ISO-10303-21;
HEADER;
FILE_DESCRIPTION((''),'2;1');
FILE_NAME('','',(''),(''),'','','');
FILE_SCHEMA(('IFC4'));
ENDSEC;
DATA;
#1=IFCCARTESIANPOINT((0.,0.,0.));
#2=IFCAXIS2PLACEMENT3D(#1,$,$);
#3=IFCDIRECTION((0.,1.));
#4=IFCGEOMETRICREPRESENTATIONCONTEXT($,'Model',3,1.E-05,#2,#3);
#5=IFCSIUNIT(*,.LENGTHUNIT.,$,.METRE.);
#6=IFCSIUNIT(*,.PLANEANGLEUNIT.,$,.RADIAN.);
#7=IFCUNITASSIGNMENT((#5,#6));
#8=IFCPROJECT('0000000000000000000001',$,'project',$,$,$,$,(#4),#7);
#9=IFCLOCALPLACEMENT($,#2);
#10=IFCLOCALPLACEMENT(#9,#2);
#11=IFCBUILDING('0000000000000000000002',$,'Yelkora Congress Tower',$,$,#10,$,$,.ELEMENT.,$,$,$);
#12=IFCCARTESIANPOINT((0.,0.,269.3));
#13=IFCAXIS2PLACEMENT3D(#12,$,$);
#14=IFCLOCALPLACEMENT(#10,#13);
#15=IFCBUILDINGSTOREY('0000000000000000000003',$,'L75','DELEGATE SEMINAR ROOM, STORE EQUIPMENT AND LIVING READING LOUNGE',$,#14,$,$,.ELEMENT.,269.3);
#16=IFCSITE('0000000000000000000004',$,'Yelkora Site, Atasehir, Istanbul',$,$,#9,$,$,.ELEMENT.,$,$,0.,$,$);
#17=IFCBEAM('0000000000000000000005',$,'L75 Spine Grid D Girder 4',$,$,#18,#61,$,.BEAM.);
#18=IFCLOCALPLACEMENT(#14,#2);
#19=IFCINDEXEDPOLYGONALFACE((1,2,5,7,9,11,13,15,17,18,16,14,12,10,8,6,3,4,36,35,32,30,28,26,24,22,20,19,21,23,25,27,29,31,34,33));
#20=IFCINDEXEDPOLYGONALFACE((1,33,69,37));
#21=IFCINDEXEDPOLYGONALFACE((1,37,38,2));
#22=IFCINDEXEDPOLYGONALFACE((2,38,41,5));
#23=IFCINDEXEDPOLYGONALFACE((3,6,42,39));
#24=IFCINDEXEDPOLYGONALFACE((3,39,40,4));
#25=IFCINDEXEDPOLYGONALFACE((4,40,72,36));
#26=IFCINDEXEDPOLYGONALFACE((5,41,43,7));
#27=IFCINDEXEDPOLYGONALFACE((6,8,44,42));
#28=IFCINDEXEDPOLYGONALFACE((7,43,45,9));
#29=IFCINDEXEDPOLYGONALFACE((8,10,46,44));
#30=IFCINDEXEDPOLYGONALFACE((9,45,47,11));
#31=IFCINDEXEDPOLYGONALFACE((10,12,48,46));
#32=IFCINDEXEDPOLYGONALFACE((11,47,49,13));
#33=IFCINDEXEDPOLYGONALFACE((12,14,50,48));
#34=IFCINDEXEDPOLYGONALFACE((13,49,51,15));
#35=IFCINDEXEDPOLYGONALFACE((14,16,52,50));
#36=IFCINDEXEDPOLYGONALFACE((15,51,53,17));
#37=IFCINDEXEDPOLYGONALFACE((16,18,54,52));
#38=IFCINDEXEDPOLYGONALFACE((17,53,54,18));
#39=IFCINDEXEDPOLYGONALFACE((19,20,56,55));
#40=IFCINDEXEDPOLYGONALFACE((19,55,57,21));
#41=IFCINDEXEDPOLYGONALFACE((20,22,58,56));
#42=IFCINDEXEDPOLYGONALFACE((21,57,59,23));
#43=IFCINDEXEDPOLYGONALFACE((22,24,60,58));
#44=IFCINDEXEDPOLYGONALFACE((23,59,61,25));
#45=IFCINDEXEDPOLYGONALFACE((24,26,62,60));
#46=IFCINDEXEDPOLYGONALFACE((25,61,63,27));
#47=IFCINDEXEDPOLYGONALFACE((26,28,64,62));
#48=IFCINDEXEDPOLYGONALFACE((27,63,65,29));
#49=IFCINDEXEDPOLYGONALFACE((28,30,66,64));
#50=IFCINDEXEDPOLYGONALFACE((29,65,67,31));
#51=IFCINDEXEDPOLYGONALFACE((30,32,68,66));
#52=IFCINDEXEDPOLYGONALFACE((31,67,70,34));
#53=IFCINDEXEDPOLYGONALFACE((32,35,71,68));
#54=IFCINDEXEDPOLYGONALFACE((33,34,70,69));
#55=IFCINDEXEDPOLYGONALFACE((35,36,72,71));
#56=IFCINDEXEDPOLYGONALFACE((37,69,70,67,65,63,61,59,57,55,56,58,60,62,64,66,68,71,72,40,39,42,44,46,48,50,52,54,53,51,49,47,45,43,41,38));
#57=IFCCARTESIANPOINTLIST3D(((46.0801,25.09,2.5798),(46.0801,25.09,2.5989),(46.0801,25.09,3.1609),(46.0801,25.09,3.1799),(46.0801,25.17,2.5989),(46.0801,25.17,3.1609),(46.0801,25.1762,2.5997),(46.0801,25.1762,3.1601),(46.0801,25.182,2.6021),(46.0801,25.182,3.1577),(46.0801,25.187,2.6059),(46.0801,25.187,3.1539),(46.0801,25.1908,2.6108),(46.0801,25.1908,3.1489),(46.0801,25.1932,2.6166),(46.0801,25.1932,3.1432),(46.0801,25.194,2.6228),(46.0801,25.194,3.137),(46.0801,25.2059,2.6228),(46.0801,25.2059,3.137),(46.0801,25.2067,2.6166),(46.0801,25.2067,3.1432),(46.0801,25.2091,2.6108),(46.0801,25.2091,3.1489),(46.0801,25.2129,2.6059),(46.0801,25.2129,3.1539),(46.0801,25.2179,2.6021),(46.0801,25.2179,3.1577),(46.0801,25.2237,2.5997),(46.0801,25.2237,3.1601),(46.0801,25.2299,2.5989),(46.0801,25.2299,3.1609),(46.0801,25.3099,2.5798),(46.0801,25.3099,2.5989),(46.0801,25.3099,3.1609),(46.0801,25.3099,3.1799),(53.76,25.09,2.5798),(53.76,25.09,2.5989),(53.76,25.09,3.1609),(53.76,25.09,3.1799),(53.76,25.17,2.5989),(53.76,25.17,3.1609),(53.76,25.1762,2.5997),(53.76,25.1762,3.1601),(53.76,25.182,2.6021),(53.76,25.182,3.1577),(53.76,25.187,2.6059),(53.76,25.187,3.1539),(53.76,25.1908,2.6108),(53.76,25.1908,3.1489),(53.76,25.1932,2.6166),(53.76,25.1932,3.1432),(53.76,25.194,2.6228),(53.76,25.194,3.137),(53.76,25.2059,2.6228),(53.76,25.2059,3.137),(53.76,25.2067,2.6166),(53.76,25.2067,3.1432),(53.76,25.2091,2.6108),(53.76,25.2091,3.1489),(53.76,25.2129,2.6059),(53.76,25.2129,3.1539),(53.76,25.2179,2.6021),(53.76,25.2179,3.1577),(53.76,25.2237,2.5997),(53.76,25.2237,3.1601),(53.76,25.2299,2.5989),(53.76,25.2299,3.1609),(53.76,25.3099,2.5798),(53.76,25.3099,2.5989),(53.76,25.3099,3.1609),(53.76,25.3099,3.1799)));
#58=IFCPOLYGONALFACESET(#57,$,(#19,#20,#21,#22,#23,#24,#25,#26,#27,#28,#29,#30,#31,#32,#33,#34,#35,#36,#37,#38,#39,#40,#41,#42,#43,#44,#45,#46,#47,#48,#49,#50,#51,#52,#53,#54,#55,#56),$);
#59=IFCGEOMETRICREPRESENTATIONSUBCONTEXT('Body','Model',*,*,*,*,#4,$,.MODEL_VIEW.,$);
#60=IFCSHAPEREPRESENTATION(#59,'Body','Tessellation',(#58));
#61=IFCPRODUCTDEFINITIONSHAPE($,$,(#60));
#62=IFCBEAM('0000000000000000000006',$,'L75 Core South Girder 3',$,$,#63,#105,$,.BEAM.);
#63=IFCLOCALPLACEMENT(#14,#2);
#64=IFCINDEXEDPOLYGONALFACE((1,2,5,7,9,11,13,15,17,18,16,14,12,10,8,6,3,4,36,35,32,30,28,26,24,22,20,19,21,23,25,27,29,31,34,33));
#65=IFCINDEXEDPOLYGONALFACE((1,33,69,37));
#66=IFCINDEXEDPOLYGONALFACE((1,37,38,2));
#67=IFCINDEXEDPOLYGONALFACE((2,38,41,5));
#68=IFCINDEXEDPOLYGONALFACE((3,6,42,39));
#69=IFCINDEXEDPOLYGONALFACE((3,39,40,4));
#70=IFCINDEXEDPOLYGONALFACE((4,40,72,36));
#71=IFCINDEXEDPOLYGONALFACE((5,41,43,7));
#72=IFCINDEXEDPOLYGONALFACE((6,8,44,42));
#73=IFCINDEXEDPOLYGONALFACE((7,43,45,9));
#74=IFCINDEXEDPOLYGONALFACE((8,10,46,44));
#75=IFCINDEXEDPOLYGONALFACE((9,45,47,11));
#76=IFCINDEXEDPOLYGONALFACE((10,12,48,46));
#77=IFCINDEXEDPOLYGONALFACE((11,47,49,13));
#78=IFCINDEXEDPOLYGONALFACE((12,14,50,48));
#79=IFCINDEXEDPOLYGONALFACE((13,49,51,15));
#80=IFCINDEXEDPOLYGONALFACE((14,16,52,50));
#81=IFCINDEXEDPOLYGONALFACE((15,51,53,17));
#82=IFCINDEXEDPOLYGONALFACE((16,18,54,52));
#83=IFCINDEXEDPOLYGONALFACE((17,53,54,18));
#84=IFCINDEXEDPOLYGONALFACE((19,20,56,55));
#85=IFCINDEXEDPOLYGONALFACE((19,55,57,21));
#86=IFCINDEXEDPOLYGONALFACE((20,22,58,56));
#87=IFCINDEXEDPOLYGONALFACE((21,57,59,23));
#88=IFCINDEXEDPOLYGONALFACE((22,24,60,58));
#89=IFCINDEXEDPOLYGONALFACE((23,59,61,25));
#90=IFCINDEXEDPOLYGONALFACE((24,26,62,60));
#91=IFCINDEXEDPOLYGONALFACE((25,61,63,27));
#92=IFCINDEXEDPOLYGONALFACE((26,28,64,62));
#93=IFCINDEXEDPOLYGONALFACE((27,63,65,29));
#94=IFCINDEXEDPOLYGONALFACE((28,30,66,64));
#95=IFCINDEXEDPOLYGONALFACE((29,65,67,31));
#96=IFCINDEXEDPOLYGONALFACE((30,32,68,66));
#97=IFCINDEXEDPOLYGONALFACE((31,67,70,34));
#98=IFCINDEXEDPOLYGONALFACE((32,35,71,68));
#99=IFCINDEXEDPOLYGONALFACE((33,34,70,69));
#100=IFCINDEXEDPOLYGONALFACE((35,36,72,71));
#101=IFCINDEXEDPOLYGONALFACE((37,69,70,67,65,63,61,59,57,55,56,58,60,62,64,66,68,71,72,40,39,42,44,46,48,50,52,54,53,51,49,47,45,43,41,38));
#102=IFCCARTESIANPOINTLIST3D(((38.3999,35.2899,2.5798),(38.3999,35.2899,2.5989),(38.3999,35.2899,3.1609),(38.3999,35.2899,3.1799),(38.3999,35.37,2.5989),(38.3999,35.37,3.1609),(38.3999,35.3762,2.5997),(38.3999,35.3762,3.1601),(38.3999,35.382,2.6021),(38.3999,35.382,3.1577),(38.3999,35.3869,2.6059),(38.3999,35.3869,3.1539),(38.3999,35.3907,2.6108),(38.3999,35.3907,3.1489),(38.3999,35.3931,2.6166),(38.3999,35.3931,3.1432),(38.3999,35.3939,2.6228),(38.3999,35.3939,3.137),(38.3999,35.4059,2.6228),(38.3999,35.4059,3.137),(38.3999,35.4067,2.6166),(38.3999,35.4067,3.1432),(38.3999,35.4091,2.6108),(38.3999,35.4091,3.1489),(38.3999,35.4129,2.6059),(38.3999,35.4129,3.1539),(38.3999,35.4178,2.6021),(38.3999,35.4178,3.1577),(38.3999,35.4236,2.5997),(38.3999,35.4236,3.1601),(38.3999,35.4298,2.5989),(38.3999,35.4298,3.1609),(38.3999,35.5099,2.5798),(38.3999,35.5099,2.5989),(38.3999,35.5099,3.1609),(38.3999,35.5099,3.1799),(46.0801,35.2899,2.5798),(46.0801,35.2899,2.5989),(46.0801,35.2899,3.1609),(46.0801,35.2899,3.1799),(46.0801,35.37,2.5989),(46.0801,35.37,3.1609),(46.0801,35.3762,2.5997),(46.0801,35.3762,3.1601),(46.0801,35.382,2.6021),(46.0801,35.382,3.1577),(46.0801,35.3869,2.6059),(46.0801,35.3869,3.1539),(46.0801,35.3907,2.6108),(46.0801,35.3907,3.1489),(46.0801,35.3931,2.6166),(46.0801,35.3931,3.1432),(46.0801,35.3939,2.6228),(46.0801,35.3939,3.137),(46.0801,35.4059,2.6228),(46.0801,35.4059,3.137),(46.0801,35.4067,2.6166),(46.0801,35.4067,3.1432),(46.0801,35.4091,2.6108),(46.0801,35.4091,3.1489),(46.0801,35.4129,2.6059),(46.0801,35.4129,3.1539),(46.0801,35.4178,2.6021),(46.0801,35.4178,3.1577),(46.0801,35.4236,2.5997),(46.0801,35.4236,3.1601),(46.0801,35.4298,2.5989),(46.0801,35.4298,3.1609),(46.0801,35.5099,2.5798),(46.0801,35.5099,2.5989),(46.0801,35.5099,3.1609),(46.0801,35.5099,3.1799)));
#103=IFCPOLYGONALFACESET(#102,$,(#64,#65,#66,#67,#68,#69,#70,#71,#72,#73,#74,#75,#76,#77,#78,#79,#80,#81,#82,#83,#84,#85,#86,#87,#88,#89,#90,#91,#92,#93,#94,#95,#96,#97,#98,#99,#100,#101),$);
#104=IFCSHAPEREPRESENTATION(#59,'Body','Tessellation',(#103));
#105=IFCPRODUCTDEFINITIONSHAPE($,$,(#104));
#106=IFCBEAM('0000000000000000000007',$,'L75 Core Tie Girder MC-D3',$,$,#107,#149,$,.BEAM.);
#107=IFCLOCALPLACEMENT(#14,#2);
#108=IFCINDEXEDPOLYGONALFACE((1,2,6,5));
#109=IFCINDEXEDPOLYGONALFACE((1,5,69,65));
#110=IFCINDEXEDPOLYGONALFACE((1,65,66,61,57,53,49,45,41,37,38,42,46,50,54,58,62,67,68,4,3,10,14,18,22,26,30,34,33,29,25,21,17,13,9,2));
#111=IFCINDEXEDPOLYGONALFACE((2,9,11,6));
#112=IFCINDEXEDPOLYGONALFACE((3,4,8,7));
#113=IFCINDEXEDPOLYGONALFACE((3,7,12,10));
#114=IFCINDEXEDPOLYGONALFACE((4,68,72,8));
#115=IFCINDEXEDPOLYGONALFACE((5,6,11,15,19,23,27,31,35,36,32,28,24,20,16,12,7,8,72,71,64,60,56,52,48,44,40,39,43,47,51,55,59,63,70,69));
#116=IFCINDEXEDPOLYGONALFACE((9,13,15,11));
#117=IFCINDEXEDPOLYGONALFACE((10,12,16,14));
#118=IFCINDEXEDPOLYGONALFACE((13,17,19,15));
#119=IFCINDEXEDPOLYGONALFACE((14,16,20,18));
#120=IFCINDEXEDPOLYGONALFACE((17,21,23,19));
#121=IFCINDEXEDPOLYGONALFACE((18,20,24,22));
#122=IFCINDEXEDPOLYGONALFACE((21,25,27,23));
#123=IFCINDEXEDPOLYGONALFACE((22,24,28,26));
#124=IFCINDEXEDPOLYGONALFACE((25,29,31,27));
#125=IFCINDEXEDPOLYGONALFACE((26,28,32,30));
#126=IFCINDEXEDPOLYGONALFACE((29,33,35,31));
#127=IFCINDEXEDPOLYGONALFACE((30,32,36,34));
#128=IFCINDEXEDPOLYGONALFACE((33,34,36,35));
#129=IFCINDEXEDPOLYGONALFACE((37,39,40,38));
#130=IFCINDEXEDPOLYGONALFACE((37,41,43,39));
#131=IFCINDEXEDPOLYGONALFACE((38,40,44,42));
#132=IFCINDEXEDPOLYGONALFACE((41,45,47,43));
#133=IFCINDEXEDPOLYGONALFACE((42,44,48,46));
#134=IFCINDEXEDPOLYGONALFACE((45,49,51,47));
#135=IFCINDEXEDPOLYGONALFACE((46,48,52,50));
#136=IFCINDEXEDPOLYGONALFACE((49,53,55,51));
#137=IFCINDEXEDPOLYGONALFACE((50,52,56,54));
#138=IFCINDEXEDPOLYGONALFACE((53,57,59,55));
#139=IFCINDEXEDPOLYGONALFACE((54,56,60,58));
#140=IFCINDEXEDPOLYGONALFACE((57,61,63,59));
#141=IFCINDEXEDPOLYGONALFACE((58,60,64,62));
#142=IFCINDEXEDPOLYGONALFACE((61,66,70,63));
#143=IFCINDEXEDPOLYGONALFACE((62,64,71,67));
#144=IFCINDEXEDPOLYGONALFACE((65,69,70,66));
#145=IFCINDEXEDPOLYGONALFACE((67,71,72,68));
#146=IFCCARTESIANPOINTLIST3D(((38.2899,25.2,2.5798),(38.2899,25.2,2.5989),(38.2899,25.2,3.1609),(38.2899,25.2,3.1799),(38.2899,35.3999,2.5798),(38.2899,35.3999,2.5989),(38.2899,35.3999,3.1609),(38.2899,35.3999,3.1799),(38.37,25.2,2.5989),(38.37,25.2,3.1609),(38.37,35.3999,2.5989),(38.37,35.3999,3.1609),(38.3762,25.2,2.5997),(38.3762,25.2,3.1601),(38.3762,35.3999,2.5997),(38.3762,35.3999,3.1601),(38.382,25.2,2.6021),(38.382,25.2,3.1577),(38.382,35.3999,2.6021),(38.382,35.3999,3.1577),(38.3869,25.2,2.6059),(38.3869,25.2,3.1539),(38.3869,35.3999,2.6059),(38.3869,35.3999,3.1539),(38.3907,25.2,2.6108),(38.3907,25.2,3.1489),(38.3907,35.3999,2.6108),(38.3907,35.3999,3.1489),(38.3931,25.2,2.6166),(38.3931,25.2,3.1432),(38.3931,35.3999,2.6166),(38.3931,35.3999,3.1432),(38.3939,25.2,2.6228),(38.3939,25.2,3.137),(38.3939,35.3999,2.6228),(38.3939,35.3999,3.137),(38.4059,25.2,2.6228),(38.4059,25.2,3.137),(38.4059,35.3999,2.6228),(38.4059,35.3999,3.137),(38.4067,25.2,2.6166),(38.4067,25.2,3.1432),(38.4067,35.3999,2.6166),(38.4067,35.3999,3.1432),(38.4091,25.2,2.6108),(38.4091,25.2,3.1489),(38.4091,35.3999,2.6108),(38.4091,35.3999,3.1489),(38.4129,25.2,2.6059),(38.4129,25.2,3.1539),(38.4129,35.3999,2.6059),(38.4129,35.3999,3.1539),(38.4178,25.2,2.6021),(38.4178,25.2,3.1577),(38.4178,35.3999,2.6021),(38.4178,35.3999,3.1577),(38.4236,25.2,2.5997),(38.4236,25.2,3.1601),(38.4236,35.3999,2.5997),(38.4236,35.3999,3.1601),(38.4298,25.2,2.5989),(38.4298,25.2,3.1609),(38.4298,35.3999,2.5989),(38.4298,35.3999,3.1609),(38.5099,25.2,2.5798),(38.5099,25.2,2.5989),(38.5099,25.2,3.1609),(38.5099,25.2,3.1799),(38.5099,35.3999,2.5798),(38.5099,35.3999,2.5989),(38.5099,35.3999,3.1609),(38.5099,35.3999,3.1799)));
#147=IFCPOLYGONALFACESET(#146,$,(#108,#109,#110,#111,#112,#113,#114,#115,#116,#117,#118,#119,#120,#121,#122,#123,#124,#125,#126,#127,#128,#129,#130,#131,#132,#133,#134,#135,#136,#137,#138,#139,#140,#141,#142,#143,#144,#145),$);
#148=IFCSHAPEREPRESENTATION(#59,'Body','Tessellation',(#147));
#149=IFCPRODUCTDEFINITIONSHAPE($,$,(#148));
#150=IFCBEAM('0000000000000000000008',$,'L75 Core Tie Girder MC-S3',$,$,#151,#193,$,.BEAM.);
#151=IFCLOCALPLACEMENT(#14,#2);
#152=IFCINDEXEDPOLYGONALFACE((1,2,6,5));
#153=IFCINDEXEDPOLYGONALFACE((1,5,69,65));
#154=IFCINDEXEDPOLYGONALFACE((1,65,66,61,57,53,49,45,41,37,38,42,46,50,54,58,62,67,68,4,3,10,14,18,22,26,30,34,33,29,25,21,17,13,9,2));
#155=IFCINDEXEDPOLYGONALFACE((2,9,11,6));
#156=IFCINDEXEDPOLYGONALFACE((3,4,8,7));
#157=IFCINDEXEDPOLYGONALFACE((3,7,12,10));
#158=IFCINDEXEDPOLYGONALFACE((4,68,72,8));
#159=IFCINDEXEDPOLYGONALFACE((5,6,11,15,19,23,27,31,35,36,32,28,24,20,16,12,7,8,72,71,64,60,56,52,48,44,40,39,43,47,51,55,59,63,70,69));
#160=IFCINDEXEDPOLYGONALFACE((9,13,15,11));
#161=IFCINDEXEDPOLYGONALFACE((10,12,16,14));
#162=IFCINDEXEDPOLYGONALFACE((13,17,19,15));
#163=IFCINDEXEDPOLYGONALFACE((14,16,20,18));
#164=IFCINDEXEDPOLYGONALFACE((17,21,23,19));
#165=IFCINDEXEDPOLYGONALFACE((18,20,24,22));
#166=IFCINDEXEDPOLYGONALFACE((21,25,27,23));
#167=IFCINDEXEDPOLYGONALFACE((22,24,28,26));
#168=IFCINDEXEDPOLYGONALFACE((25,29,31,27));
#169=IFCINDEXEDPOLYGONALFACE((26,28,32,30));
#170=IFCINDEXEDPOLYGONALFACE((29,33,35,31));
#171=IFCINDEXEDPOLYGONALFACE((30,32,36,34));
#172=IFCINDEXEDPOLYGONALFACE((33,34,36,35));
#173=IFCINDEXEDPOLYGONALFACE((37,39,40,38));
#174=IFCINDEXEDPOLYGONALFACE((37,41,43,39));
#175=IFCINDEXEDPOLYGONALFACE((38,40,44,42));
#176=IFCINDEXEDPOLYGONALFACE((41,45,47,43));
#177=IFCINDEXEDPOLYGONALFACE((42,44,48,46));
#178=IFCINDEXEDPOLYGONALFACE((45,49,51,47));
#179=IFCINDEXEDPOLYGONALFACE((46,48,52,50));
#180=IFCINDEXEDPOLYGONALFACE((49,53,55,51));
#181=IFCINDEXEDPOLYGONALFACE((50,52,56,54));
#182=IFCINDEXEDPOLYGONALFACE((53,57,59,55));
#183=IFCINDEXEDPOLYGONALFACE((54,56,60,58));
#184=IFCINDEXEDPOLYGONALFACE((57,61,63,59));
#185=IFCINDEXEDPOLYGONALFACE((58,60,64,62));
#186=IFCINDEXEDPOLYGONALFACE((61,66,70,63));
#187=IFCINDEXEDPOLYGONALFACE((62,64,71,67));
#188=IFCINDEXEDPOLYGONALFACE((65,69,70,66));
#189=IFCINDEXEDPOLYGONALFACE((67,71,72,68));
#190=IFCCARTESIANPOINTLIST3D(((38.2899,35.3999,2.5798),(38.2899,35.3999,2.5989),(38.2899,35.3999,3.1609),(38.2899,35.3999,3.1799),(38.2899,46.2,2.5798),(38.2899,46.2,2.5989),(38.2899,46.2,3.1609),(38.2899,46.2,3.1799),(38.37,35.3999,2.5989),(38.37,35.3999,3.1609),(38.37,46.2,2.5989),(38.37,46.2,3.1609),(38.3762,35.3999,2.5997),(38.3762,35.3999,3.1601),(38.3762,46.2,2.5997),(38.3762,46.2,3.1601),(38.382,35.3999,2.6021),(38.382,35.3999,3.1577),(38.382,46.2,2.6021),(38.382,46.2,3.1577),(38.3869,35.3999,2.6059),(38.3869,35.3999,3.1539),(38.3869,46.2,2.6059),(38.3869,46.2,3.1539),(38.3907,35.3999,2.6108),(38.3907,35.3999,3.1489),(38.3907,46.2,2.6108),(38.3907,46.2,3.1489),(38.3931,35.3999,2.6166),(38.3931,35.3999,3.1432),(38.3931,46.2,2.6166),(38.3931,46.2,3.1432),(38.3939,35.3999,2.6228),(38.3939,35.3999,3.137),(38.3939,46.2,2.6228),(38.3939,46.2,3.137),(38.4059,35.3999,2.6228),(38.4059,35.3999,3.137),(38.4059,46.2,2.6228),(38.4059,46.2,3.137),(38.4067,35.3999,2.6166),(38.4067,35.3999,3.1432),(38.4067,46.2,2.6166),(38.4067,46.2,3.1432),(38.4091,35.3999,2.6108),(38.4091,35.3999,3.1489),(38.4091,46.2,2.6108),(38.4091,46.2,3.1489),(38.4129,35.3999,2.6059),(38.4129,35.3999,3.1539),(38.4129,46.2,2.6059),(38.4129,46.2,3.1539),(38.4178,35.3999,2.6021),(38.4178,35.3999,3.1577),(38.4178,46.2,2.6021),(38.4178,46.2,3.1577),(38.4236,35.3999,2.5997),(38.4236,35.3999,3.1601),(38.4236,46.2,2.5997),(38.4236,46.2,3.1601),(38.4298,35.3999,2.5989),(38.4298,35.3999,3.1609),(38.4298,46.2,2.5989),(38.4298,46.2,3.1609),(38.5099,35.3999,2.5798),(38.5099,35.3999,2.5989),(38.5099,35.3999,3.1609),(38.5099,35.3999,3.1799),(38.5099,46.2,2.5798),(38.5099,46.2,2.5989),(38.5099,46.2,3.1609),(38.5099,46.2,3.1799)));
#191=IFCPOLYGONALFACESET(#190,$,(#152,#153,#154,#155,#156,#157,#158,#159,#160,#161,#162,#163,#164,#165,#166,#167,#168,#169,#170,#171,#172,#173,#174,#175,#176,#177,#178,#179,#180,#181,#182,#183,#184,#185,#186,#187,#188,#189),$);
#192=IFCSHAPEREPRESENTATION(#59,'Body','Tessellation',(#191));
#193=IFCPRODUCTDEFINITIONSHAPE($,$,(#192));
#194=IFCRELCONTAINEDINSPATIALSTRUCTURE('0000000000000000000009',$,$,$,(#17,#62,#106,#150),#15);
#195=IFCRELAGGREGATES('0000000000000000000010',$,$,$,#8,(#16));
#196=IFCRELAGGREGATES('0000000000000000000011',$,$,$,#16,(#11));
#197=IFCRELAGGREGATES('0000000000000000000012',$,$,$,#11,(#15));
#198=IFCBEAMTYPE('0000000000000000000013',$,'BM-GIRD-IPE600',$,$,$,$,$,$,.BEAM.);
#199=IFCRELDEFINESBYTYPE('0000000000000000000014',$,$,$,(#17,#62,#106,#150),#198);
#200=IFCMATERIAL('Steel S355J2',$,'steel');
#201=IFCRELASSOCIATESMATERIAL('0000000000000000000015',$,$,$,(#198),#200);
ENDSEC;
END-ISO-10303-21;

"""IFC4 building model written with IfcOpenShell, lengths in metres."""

from ifc_helpers import new_model, si_unit, direction, frame, origin, origin_2d, place, context, subcontext, project, spatial, i_section, extrude, material, material_profile, profile_set, type_object, element, save


model = new_model("IFC4")

# Units and contexts
model_context = context("Model", 3, precision=1e-05, world=origin(), true_north=direction((0.0, 1.0)))
body_context = subcontext(model_context, "Body", "Model", "MODEL_VIEW")
ifc_project = project(units=[si_unit("LENGTHUNIT", "METRE"), si_unit("PLANEANGLEUNIT", "RADIAN")], contexts=[model_context])

# Site, building, storey
site_placement = place(None, origin())
site = spatial("IfcSite", under=ifc_project, at=site_placement, Name="Yelkora Site, Atasehir, Istanbul", CompositionType="ELEMENT", RefElevation=0.0)
building_placement = place(site_placement, origin())
building = spatial("IfcBuilding", under=site, at=building_placement, Name="Yelkora Congress Tower", CompositionType="ELEMENT")
storey_placement = place(building_placement, frame((0.0, 0.0, 269.3)))
storey = spatial("IfcBuildingStorey", under=building, at=storey_placement, Name="L75", Description="DELEGATE SEMINAR ROOM, STORE EQUIPMENT AND LIVING READING LOUNGE", CompositionType="ELEMENT", Elevation=269.3)

# Beams
ifc_material_1 = material(Name="Steel S355J2", Category="steel")
ifc_material_profile_1 = material_profile(ifc_material_1, i_section(OverallWidth=0.22, OverallDepth=0.6001, WebThickness=0.012, FlangeThickness=0.019, FilletRadius=0.0239, at=origin_2d()), Name="IPE 600")
ifc_profile_set_1 = profile_set([ifc_material_profile_1], Name="Steel S355J2")
beam_type_1 = type_object("IfcBeamType", Name="BM-GIRD-IPE600", PredefinedType="BEAM", material=ifc_profile_set_1)
beam_1_placement = place(storey_placement, frame((46.0801, 25.2, 2.8799), z_axis=(1.0, 0.0, 0.0), x_axis=(0.0, 1.0, 0.0)))
element("IfcBeam", 1, at=beam_1_placement, inside=storey, type_object=beam_type_1, Name="L75 Spine Grid D Girder 4", PredefinedType="BEAM", context=body_context, shape_type="SweptSolid", body=[
    extrude(i_section(OverallWidth=0.22, OverallDepth=0.6001, WebThickness=0.012, FlangeThickness=0.019, FilletRadius=0.0239, at=origin_2d()), origin(), (0.0, 0.0, 1.0), 7.6799),
])
beam_2_placement = place(storey_placement, frame((38.3999, 35.3999, 2.8799), z_axis=(1.0, 0.0, 0.0), x_axis=(0.0, 1.0, 0.0)))
element("IfcBeam", 2, at=beam_2_placement, inside=storey, type_object=beam_type_1, Name="L75 Core South Girder 3", PredefinedType="BEAM", context=body_context, shape_type="SweptSolid", body=[
    extrude(i_section(OverallWidth=0.22, OverallDepth=0.6001, WebThickness=0.012, FlangeThickness=0.019, FilletRadius=0.0239, at=origin_2d()), origin(), (0.0, 0.0, 1.0), 7.6802),
])
beam_3_placement = place(storey_placement, frame((38.3999, 25.2, 2.8799), z_axis=(0.0, 1.0, 0.0), x_axis=(-1.0, 0.0, 0.0)))
element("IfcBeam", 3, at=beam_3_placement, inside=storey, type_object=beam_type_1, Name="L75 Core Tie Girder MC-D3", PredefinedType="BEAM", context=body_context, shape_type="SweptSolid", body=[
    extrude(i_section(OverallWidth=0.22, OverallDepth=0.6001, WebThickness=0.012, FlangeThickness=0.019, FilletRadius=0.0239, at=origin_2d()), origin(), (0.0, 0.0, 1.0), 10.2),
])
beam_4_placement = place(storey_placement, frame((38.3999, 35.3999, 2.8799), z_axis=(0.0, 1.0, 0.0), x_axis=(-1.0, 0.0, 0.0)))
element("IfcBeam", 4, at=beam_4_placement, inside=storey, type_object=beam_type_1, Name="L75 Core Tie Girder MC-S3", PredefinedType="BEAM", context=body_context, shape_type="SweptSolid", body=[
    extrude(i_section(OverallWidth=0.22, OverallDepth=0.6001, WebThickness=0.012, FlangeThickness=0.019, FilletRadius=0.0239, at=origin_2d()), origin(), (0.0, 0.0, 1.0), 10.8),
])

save(model, "model.ifc")
